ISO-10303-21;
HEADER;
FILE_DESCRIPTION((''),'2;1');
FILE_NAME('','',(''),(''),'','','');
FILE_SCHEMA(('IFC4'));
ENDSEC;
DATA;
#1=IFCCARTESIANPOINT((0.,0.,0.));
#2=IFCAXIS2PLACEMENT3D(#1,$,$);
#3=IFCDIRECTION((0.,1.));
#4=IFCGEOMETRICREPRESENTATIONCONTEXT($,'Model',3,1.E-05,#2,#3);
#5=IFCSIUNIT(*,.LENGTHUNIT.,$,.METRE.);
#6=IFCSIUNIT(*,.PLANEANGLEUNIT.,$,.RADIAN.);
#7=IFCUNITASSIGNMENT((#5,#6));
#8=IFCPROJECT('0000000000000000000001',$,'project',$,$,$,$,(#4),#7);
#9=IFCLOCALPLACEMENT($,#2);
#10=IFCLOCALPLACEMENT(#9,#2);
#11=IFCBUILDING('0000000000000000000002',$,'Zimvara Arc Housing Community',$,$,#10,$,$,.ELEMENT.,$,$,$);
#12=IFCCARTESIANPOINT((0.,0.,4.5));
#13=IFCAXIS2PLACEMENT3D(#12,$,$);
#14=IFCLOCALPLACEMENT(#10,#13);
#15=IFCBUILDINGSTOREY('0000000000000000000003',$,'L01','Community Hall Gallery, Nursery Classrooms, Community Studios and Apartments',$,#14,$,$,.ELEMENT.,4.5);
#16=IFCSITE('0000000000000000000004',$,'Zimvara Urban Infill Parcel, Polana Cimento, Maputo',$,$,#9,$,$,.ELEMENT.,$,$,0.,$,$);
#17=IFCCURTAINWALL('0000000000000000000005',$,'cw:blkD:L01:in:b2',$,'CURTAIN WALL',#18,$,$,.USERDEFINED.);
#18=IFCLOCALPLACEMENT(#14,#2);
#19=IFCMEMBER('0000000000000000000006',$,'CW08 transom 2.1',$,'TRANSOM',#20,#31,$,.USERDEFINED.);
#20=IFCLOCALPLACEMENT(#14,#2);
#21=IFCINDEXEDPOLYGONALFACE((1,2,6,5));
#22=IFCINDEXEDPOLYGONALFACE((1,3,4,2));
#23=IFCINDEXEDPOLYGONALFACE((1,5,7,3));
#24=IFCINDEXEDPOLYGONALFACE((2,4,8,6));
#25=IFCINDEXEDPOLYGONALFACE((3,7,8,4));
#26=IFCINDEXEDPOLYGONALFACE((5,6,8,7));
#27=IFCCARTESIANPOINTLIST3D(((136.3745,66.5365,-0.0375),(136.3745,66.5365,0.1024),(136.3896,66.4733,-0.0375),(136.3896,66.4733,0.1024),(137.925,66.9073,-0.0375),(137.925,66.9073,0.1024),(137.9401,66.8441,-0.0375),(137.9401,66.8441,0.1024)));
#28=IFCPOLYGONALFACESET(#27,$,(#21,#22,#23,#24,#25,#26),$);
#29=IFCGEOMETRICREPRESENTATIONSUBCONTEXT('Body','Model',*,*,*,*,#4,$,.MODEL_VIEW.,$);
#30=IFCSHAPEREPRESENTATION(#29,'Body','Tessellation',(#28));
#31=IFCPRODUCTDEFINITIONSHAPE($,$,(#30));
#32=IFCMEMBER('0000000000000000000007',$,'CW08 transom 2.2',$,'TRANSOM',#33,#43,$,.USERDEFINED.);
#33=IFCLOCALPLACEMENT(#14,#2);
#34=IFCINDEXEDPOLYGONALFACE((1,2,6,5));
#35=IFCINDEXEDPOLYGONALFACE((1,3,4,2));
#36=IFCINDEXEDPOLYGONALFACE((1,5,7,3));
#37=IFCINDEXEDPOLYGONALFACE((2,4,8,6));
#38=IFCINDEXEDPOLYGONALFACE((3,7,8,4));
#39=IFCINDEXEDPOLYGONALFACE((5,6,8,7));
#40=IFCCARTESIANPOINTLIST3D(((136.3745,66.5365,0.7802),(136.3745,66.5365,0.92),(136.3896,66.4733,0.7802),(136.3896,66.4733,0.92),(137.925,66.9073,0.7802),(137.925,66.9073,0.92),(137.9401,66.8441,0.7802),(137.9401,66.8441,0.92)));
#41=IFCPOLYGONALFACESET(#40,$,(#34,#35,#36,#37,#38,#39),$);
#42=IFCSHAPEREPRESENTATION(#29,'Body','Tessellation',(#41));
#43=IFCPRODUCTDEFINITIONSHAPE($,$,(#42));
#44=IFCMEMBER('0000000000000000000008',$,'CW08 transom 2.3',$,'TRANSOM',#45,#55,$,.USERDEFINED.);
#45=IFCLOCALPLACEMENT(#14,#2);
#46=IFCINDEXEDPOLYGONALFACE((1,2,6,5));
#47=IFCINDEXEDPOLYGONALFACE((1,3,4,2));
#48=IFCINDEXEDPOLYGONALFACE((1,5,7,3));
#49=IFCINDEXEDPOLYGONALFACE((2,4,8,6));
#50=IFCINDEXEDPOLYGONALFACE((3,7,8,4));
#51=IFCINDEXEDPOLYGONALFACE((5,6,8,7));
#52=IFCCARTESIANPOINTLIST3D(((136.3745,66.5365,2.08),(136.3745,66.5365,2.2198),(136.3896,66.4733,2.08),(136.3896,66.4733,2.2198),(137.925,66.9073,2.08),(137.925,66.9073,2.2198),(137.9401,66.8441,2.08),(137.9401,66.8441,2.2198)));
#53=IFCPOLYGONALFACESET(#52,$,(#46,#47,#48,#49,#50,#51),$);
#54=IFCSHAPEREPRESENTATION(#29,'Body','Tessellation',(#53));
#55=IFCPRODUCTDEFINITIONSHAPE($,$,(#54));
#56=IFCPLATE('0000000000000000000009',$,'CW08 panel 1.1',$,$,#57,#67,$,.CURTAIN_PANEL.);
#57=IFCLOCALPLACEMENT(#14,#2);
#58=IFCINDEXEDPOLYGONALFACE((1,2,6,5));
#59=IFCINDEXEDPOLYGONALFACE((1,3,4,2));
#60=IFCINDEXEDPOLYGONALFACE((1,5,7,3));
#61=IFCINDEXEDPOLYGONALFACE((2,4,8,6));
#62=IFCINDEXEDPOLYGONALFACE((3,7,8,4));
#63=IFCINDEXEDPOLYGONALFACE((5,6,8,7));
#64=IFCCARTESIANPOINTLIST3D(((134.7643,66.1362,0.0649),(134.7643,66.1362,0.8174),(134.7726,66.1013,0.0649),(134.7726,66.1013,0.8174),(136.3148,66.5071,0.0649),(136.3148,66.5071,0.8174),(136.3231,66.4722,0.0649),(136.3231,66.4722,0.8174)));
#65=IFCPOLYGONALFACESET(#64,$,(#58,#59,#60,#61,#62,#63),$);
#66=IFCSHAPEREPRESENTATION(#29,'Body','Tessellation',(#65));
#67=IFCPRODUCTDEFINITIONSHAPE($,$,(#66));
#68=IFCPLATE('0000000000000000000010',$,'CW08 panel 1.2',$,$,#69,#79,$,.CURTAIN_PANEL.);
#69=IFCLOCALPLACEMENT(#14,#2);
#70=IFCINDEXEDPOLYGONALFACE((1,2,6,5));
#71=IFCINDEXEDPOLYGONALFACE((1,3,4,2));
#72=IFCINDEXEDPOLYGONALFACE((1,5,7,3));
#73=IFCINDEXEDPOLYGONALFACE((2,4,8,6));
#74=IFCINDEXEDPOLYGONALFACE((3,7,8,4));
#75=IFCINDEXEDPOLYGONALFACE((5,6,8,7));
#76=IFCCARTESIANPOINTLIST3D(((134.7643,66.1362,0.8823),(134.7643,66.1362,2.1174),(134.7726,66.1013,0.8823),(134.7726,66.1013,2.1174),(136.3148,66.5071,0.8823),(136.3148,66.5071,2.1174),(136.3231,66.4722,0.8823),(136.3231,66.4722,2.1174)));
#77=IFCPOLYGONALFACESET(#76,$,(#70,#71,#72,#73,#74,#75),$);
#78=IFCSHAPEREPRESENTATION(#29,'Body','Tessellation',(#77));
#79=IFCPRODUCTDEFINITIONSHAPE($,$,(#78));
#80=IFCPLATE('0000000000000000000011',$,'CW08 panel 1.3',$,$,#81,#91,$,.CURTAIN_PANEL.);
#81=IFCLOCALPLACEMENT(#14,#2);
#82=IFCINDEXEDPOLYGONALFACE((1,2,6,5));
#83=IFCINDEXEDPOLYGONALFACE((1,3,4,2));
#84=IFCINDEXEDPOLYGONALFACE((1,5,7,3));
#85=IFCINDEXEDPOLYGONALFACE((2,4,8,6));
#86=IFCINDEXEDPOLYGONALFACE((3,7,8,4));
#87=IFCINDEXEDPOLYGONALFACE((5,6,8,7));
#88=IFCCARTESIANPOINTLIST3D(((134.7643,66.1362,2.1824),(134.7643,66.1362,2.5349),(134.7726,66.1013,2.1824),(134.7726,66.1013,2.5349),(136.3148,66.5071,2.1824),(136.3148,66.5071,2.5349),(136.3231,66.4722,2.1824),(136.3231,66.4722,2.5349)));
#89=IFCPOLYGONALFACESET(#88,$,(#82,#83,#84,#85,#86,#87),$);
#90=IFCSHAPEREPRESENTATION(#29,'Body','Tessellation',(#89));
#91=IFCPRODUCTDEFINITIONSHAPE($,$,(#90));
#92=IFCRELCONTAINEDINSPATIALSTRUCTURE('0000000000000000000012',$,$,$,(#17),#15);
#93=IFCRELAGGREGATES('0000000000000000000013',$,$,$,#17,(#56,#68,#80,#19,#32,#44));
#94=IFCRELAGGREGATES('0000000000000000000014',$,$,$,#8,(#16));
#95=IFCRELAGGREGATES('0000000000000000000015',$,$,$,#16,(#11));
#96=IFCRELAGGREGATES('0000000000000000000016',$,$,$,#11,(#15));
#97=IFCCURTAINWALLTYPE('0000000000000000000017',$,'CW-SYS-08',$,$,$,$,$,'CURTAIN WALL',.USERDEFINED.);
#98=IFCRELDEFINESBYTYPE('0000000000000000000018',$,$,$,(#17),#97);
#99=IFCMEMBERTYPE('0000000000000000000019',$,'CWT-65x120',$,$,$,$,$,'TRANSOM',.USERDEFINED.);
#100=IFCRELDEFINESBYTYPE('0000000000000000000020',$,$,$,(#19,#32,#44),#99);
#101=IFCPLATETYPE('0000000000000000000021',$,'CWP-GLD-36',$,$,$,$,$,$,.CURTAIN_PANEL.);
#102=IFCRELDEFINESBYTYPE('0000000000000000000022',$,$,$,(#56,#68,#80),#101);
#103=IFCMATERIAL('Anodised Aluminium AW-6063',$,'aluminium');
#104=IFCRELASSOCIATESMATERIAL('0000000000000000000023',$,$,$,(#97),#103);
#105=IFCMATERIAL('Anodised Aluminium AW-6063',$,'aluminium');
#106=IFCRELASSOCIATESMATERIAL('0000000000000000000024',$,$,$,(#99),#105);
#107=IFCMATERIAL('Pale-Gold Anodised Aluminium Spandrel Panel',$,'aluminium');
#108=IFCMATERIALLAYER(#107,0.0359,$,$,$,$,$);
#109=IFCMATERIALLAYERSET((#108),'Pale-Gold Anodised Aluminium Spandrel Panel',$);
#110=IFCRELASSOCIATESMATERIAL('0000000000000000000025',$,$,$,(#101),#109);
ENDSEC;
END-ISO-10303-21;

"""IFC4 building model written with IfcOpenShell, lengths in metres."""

from ifc_helpers import new_model, si_unit, direction, frame, origin, origin_2d, place, context, subcontext, project, spatial, rectangle, extrude, material, layer, layer_set, material_profile, profile_set, type_object, element, aggregate, save


model = new_model("IFC4")

# Units and contexts
model_context = context("Model", 3, precision=1e-05, world=origin(), true_north=direction((0.0, 1.0)))
body_context = subcontext(model_context, "Body", "Model", "MODEL_VIEW")
ifc_project = project(units=[si_unit("LENGTHUNIT", "METRE"), si_unit("PLANEANGLEUNIT", "RADIAN")], contexts=[model_context])

# Site, building, storey
site_placement = place(None, origin())
site = spatial("IfcSite", under=ifc_project, at=site_placement, Name="Zimvara Urban Infill Parcel, Polana Cimento, Maputo", CompositionType="ELEMENT", RefElevation=0.0)
building_placement = place(site_placement, origin())
building = spatial("IfcBuilding", under=site, at=building_placement, Name="Zimvara Arc Housing Community", CompositionType="ELEMENT")
storey_placement = place(building_placement, frame((0.0, 0.0, 4.5)))
storey = spatial("IfcBuildingStorey", under=building, at=storey_placement, Name="L01", Description="Community Hall Gallery, Nursery Classrooms, Community Studios and Apartments", CompositionType="ELEMENT", Elevation=4.5)

# Curtain wall, members, plates
ifc_material_1 = material(Name="Anodised Aluminium AW-6063", Category="aluminium")
curtain_wall_type = type_object("IfcCurtainWallType", Name="CW-SYS-08", ElementType="CURTAIN WALL", PredefinedType="USERDEFINED", material=ifc_material_1)
curtain_wall_placement = place(storey_placement, origin())
curtain_wall = element("IfcCurtainWall", 1, at=curtain_wall_placement, inside=storey, type_object=curtain_wall_type, Name="cw:blkD:L01:in:b2", ObjectType="CURTAIN WALL", PredefinedType="USERDEFINED")
ifc_material_2 = material(Name="Anodised Aluminium AW-6063", Category="aluminium")
ifc_material_profile_1 = material_profile(ifc_material_2, rectangle(XDim=0.0649, YDim=0.1399, at=origin_2d()), Name="ALU 65x140")
ifc_profile_set_1 = profile_set([ifc_material_profile_1], Name="Anodised Aluminium AW-6063")
member_type_1 = type_object("IfcMemberType", Name="CWT-65x120", ElementType="TRANSOM", PredefinedType="USERDEFINED", material=ifc_profile_set_1)
member_1_placement = place(storey_placement, frame((136.3821, 66.5049, 0.0325), z_axis=(0.972569, 0.232614, 0.0), x_axis=(-0.232614, 0.972569, 0.0)))
member_1 = element("IfcMember", 2, at=member_1_placement, type_object=member_type_1, Name="CW08 transom 2.1", ObjectType="TRANSOM", PredefinedType="USERDEFINED", context=body_context, shape_type="SweptSolid", body=[
    extrude(rectangle(XDim=0.0649, YDim=0.1399, at=origin_2d()), origin(), (0.0, 0.0, 1.0), 1.5942),
])
member_2_placement = place(storey_placement, frame((136.3821, 66.5049, 0.8501), z_axis=(0.972569, 0.232614, 0.0), x_axis=(-0.232614, 0.972569, 0.0)))
member_2 = element("IfcMember", 3, at=member_2_placement, type_object=member_type_1, Name="CW08 transom 2.2", ObjectType="TRANSOM", PredefinedType="USERDEFINED", context=body_context, shape_type="SweptSolid", body=[
    extrude(rectangle(XDim=0.0649, YDim=0.1399, at=origin_2d()), origin(), (0.0, 0.0, 1.0), 1.5942),
])
member_3_placement = place(storey_placement, frame((136.3821, 66.5049, 2.1499), z_axis=(0.972569, 0.232614, 0.0), x_axis=(-0.232614, 0.972569, 0.0)))
member_3 = element("IfcMember", 4, at=member_3_placement, type_object=member_type_1, Name="CW08 transom 2.3", ObjectType="TRANSOM", PredefinedType="USERDEFINED", context=body_context, shape_type="SweptSolid", body=[
    extrude(rectangle(XDim=0.0649, YDim=0.1399, at=origin_2d()), origin(), (0.0, 0.0, 1.0), 1.5942),
])
ifc_material_3 = material(Name="Pale-Gold Anodised Aluminium Spandrel Panel", Category="aluminium")
ifc_layer_1 = layer(ifc_material_3, 0.0359)
ifc_layer_set_1 = layer_set([ifc_layer_1], Name="Pale-Gold Anodised Aluminium Spandrel Panel")
plate_type = type_object("IfcPlateType", Name="CWP-GLD-36", PredefinedType="CURTAIN_PANEL", material=ifc_layer_set_1)
plate_1_placement = place(storey_placement, frame((135.5437, 66.3042, 0.0649), z_axis=(0.0, 0.0, 1.0), x_axis=(0.972573, 0.232596, 0.0)))
plate_1 = element("IfcPlate", 5, at=plate_1_placement, type_object=plate_type, Name="CW08 panel 1.1", PredefinedType="CURTAIN_PANEL", context=body_context, shape_type="SweptSolid", body=[
    extrude(rectangle(XDim=1.5942, YDim=0.0359, at=origin_2d()), origin(), (0.0, 0.0, 1.0), 0.7524),
])
plate_2_placement = place(storey_placement, frame((135.5437, 66.3042, 0.8823), z_axis=(0.0, 0.0, 1.0), x_axis=(0.972573, 0.232596, 0.0)))
plate_2 = element("IfcPlate", 6, at=plate_2_placement, type_object=plate_type, Name="CW08 panel 1.2", PredefinedType="CURTAIN_PANEL", context=body_context, shape_type="SweptSolid", body=[
    extrude(rectangle(XDim=1.5942, YDim=0.0359, at=origin_2d()), origin(), (0.0, 0.0, 1.0), 1.2351),
])
plate_3_placement = place(storey_placement, frame((135.5437, 66.3042, 2.1824), z_axis=(0.0, 0.0, 1.0), x_axis=(0.972573, 0.232596, 0.0)))
plate_3 = element("IfcPlate", 7, at=plate_3_placement, type_object=plate_type, Name="CW08 panel 1.3", PredefinedType="CURTAIN_PANEL", context=body_context, shape_type="SweptSolid", body=[
    extrude(rectangle(XDim=1.5942, YDim=0.0359, at=origin_2d()), origin(), (0.0, 0.0, 1.0), 0.3525),
])
aggregate(curtain_wall, [plate_1, plate_2, plate_3, member_1, member_2, member_3])

save(model, "model.ifc")
